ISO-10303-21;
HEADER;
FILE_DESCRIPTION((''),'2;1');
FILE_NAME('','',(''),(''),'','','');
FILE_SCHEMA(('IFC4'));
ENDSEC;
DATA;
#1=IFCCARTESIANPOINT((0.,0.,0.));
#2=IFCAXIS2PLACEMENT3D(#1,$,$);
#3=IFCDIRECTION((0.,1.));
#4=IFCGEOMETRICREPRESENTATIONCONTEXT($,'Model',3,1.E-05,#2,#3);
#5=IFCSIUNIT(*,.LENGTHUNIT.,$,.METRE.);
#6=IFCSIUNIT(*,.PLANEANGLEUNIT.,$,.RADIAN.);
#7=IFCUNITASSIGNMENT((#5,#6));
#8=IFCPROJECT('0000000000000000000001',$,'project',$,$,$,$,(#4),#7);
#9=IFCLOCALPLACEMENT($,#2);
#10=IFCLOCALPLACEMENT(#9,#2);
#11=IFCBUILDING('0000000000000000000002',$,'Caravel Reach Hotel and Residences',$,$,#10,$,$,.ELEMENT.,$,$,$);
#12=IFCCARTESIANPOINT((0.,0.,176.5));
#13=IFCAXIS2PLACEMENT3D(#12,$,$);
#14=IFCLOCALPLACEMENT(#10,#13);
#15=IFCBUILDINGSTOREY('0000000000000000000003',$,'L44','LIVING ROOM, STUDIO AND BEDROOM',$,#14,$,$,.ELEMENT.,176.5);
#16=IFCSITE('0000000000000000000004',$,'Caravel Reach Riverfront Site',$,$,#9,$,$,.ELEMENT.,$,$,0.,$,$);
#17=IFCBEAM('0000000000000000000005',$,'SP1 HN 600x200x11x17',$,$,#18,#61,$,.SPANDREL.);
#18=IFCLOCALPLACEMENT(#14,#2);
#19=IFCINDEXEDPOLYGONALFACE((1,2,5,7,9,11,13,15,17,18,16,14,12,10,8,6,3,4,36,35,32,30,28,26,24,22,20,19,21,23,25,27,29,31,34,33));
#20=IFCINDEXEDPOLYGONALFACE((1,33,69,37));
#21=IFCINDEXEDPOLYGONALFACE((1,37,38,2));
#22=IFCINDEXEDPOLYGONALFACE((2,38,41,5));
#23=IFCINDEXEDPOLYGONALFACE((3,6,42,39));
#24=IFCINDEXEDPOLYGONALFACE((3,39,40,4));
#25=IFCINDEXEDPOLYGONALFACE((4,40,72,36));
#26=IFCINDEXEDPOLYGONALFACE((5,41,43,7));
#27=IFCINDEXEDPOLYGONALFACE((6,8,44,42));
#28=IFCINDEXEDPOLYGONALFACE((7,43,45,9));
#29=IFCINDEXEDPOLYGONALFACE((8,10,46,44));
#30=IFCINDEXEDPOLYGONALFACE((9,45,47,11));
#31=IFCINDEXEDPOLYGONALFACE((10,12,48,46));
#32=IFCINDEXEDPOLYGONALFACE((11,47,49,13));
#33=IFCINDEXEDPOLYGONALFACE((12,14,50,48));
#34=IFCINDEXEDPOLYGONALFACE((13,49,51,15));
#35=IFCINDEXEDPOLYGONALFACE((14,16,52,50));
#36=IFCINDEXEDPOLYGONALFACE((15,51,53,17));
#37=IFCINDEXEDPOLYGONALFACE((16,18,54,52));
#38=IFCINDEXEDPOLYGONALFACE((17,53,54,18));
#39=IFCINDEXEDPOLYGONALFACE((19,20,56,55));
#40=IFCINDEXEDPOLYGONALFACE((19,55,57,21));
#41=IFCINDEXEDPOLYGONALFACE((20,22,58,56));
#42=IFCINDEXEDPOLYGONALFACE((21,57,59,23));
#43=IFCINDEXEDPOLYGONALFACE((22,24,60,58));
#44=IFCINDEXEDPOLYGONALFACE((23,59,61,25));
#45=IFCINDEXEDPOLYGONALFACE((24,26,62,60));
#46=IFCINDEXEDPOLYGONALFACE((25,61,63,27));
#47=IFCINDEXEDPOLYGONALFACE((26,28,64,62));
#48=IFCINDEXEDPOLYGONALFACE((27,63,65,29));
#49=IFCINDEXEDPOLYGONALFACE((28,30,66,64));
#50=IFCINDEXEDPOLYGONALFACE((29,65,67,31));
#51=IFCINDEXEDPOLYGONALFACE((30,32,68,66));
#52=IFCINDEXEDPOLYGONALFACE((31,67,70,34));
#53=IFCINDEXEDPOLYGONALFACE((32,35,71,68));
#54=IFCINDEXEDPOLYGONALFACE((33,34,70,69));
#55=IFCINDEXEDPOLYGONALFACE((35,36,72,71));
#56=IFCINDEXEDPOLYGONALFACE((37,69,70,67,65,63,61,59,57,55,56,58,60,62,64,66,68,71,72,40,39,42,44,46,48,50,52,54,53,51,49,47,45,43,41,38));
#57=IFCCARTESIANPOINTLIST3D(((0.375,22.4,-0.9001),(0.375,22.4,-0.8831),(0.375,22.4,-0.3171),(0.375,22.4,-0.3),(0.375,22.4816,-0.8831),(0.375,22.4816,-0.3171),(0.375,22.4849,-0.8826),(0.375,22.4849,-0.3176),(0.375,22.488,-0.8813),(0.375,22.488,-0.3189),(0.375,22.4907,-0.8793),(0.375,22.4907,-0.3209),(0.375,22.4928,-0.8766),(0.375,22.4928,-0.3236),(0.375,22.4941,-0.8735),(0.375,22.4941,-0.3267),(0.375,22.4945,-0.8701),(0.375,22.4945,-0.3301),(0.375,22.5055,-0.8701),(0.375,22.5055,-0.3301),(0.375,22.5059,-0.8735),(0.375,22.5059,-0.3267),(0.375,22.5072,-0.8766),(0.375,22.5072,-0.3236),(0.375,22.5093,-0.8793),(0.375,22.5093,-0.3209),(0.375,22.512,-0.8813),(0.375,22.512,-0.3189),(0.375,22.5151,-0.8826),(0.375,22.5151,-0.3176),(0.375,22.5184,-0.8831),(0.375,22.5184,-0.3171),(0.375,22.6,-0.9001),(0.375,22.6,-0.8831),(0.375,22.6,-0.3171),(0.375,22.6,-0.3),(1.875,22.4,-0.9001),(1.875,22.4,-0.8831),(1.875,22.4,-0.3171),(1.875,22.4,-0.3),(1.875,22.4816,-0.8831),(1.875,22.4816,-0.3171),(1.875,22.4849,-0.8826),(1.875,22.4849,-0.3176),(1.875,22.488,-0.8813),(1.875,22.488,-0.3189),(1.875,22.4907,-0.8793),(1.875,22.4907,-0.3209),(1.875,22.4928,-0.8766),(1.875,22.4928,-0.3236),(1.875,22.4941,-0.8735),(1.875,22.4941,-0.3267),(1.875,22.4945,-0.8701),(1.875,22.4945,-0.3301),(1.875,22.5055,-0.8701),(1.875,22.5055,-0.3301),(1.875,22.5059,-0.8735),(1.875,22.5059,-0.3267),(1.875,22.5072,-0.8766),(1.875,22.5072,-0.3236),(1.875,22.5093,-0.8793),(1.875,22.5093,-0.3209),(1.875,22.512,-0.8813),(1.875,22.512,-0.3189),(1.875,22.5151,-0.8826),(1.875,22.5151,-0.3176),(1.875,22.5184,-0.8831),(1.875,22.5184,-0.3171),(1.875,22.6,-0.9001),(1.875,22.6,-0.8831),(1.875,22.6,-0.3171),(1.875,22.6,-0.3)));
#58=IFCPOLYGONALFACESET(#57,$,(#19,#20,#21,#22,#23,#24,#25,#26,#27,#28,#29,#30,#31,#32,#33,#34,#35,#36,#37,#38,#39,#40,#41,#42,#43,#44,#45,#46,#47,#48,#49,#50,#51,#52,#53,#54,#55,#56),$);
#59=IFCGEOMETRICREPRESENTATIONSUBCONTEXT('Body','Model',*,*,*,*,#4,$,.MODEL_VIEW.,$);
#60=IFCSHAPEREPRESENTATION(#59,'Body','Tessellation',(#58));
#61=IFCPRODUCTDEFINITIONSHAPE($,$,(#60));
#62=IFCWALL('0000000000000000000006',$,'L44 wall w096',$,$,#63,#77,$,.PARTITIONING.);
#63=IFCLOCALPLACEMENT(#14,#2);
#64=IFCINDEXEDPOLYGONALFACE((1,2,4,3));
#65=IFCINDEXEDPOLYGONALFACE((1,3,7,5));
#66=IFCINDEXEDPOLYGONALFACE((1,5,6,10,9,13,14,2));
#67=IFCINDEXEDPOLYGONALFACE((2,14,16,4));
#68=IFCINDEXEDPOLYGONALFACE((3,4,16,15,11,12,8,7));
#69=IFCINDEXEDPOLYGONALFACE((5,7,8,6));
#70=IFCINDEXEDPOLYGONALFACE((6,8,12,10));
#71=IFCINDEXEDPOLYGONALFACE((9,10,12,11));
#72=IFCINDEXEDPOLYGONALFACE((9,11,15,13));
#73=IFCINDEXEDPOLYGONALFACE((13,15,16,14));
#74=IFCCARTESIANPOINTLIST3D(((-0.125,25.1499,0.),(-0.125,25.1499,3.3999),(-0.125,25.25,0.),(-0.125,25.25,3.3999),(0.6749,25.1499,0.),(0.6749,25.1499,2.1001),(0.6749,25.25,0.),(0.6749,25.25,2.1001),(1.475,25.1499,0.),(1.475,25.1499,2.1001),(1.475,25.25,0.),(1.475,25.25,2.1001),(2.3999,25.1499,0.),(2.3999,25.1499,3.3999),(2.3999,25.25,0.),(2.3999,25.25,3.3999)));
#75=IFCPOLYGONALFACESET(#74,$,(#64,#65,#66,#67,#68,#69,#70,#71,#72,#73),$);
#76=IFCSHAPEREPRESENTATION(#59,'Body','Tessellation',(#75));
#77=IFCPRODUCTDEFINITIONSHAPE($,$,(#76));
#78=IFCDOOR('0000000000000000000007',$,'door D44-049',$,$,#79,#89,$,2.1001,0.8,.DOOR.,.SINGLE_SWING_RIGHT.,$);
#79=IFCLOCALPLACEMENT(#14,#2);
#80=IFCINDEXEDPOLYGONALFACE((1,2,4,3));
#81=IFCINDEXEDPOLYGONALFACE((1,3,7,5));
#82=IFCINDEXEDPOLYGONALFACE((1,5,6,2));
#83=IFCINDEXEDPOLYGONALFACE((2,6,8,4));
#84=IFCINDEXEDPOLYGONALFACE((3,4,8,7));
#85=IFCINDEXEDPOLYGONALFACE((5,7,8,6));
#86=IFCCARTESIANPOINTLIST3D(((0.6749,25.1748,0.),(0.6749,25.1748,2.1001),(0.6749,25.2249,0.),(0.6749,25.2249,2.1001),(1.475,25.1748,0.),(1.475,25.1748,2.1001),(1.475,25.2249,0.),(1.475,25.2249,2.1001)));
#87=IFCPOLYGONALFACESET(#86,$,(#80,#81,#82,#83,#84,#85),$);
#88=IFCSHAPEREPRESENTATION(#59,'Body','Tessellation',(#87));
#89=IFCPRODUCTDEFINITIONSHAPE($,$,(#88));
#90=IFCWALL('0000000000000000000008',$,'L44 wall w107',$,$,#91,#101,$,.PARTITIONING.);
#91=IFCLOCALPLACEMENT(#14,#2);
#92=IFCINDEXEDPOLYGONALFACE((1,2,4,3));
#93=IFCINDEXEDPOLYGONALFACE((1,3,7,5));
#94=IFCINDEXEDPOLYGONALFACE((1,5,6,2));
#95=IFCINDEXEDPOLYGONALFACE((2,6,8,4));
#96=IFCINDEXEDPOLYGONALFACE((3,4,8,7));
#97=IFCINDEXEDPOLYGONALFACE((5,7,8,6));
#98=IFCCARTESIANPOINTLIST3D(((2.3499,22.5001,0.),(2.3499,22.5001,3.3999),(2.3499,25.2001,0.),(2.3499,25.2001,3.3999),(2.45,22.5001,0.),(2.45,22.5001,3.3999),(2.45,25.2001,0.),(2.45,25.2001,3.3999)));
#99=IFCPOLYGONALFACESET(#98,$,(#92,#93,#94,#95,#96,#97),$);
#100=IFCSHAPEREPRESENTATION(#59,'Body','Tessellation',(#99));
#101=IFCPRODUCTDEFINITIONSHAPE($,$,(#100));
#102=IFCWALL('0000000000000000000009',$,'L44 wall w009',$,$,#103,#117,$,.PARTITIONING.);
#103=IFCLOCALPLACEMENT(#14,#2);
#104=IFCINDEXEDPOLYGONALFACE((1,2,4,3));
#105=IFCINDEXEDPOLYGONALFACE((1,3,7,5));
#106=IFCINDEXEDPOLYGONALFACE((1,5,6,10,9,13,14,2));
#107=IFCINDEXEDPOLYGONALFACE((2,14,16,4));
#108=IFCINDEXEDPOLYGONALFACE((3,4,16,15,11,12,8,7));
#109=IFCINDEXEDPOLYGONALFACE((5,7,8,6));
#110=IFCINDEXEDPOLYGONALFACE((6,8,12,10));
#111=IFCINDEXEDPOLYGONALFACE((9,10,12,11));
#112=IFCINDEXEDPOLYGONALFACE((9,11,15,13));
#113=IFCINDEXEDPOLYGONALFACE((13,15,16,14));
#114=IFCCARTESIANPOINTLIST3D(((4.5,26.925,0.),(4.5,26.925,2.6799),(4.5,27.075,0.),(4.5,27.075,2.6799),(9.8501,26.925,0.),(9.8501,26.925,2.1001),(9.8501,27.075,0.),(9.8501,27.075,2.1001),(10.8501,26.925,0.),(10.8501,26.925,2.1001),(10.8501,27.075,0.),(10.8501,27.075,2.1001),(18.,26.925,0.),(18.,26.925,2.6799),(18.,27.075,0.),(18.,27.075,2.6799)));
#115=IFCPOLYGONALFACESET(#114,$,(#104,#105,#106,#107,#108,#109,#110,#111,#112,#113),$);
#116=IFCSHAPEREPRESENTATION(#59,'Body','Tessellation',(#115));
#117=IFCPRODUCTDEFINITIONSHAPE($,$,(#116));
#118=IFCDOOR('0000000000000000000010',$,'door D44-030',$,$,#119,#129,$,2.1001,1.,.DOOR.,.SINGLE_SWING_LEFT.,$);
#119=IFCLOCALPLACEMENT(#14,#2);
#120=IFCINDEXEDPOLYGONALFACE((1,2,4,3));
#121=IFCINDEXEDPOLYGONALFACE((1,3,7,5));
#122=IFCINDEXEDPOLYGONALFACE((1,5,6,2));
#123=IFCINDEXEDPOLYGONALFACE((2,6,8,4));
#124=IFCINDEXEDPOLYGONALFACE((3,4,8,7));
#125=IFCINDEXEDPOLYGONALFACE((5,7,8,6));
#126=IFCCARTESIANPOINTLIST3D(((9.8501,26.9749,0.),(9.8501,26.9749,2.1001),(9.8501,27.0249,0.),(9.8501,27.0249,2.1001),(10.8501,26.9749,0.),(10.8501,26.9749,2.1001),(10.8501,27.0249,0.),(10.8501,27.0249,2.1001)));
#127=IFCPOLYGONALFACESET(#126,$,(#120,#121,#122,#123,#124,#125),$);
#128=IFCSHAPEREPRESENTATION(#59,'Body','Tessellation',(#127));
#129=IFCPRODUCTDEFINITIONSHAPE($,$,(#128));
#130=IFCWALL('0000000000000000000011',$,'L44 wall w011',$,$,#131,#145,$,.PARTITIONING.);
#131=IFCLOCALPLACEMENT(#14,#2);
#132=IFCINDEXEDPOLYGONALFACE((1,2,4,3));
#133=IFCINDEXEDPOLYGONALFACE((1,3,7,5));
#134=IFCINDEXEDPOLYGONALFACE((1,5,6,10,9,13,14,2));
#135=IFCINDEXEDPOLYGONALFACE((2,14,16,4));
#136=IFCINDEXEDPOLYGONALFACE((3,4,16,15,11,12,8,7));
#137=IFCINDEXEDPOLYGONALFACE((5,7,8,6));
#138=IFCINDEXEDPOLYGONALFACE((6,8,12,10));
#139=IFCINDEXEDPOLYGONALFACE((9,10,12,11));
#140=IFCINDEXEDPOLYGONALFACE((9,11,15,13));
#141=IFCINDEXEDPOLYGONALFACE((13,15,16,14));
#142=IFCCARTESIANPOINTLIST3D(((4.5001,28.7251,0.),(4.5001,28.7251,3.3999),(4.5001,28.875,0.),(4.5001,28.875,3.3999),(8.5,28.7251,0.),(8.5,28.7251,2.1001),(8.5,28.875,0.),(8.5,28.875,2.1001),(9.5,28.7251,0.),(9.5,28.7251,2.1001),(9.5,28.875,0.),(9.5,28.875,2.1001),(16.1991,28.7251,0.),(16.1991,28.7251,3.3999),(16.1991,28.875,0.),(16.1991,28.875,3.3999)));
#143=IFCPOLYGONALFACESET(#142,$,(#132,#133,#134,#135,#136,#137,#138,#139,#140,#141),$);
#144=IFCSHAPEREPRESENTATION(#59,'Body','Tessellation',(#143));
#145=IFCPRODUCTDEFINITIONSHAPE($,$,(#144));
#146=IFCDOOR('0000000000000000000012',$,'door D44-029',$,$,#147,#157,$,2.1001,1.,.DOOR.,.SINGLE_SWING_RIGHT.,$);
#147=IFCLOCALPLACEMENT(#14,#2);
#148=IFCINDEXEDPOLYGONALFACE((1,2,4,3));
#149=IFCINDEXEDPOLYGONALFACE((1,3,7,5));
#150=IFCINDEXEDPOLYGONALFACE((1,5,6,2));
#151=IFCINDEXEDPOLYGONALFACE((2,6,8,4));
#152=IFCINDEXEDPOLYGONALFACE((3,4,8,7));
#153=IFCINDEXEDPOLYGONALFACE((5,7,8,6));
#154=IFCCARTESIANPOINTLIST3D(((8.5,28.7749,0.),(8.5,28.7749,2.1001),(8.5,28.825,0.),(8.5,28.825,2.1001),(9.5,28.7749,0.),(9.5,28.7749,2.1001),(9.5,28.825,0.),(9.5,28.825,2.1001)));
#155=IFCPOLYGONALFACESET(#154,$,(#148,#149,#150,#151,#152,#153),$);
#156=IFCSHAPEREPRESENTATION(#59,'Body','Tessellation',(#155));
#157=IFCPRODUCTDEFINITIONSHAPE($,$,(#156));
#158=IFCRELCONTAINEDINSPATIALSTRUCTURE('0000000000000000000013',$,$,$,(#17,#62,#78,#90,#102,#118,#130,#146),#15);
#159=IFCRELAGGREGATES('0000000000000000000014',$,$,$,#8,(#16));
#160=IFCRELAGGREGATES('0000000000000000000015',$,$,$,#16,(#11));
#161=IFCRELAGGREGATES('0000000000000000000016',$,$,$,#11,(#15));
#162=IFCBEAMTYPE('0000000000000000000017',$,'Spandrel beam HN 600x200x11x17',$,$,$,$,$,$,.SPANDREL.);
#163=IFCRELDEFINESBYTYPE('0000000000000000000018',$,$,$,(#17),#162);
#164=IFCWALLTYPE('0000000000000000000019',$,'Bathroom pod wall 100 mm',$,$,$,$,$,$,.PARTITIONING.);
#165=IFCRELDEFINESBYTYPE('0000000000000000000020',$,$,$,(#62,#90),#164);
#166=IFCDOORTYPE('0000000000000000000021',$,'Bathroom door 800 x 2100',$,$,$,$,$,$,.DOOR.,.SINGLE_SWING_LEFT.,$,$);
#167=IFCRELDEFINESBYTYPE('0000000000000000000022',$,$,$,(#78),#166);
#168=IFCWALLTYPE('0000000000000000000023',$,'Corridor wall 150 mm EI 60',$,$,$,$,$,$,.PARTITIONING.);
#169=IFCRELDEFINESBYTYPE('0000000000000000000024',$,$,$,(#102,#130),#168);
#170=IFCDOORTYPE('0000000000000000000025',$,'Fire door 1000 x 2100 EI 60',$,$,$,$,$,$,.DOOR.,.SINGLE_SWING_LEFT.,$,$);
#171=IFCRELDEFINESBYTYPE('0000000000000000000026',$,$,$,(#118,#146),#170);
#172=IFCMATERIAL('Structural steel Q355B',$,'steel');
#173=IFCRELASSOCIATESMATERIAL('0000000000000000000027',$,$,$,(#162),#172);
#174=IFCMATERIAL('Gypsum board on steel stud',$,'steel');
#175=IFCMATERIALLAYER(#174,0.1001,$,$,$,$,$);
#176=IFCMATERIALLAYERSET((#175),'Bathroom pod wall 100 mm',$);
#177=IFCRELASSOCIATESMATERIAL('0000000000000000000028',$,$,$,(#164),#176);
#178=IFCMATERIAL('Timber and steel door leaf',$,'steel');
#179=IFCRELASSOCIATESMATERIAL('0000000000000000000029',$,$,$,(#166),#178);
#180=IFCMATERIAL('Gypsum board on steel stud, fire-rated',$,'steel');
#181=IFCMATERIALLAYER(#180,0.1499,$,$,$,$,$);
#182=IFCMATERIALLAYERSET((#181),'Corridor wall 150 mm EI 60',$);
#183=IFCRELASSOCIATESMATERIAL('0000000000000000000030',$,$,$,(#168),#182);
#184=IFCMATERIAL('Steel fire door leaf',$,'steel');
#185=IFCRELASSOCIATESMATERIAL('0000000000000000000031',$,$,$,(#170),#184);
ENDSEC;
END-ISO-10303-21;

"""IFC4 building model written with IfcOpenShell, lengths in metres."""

from ifc_helpers import new_model, si_unit, direction, frame, frame_2d, origin, origin_2d, place, context, subcontext, project, spatial, rectangle, i_section, extrude, material, layer, layer_set, material_profile, profile_set, type_object, element, fill, save


model = new_model("IFC4")

# Units and contexts
model_context = context("Model", 3, precision=1e-05, world=origin(), true_north=direction((0.0, 1.0)))
body_context = subcontext(model_context, "Body", "Model", "MODEL_VIEW")
ifc_project = project(units=[si_unit("LENGTHUNIT", "METRE"), si_unit("PLANEANGLEUNIT", "RADIAN")], contexts=[model_context])

# Site, building, storey
site_placement = place(None, origin())
site = spatial("IfcSite", under=ifc_project, at=site_placement, Name="Caravel Reach Riverfront Site", CompositionType="ELEMENT", RefElevation=0.0)
building_placement = place(site_placement, origin())
building = spatial("IfcBuilding", under=site, at=building_placement, Name="Caravel Reach Hotel and Residences", CompositionType="ELEMENT")
storey_placement = place(building_placement, frame((0.0, 0.0, 176.5)))
storey = spatial("IfcBuildingStorey", under=building, at=storey_placement, Name="L44", Description="LIVING ROOM, STUDIO AND BEDROOM", CompositionType="ELEMENT", Elevation=176.5)

# Beam
ifc_material_1 = material(Name="Structural steel Q355B", Category="steel")
ifc_material_profile_1 = material_profile(ifc_material_1, i_section(OverallWidth=0.2, OverallDepth=0.6001, WebThickness=0.011, FlangeThickness=0.0171, FilletRadius=0.0129, at=origin_2d()), Name="HN 600x200x11x17")
ifc_profile_set_1 = profile_set([ifc_material_profile_1], Name="Structural steel Q355B")
beam_type_1 = type_object("IfcBeamType", Name="Spandrel beam HN 600x200x11x17", PredefinedType="SPANDREL", material=ifc_profile_set_1)
beam_1_placement = place(storey_placement, frame((0.375, 22.5, -0.6001), z_axis=(1.0, 0.0, 0.0), x_axis=(0.0, 1.0, 0.0)))
element("IfcBeam", 1, at=beam_1_placement, inside=storey, type_object=beam_type_1, Name="SP1 HN 600x200x11x17", PredefinedType="SPANDREL", context=body_context, shape_type="SweptSolid", body=[
    extrude(i_section(OverallWidth=0.2, OverallDepth=0.6001, WebThickness=0.011, FlangeThickness=0.0171, FilletRadius=0.0129, at=origin_2d()), origin(), (0.0, 0.0, 1.0), 1.5),
])

# Wall, opening, door
ifc_material_2 = material(Name="Gypsum board on steel stud", Category="steel")
ifc_layer_1 = layer(ifc_material_2, 0.1001)
ifc_layer_set_1 = layer_set([ifc_layer_1], Name="Bathroom pod wall 100 mm")
wall_type_1 = type_object("IfcWallType", Name="Bathroom pod wall 100 mm", PredefinedType="PARTITIONING", material=ifc_layer_set_1)
wall_1_placement = place(storey_placement, frame((-0.125, 25.2, 0.0), z_axis=(0.0, 0.0, 1.0), x_axis=(1.0, 0.0, 0.0)))
wall_1 = element("IfcWall", 2, at=wall_1_placement, inside=storey, type_object=wall_type_1, Name="L44 wall w096", PredefinedType="PARTITIONING", context=body_context, shape_type="SweptSolid", body=[
    extrude(rectangle(XDim=2.5249, YDim=0.1001, at=frame_2d((1.2625, 0.0))), origin(), (0.0, 0.0, 1.0), 3.3999),
])
opening_1_placement = place(wall_1_placement, frame((0.8, 0.0, 0.0)))
opening_1 = element("IfcOpeningElement", 3, at=opening_1_placement, cuts=wall_1, PredefinedType="OPENING", context=body_context, shape_type="SweptSolid", body=[
    extrude(rectangle(XDim=0.8, YDim=2.1001, at=frame_2d((0.3999, 1.05))), frame((0.0, 0.0601, 0.0), z_axis=(0.0, -1.0, 0.0), x_axis=(1.0, 0.0, 0.0)), (0.0, 0.0, 1.0), 0.1201),
])
ifc_material_3 = material(Name="Timber and steel door leaf", Category="steel")
door_type_1 = type_object("IfcDoorType", Name="Bathroom door 800 x 2100", OperationType="SINGLE_SWING_LEFT", PredefinedType="DOOR", material=ifc_material_3)
door_1_placement = place(opening_1_placement, origin())
door_1 = element("IfcDoor", 4, at=door_1_placement, inside=storey, type_object=door_type_1, Name="door D44-049", OperationType="SINGLE_SWING_RIGHT", OverallHeight=2.1001, OverallWidth=0.8, PredefinedType="DOOR", context=body_context, shape_type="SweptSolid", body=[
    extrude(rectangle(XDim=0.8, YDim=2.1001, at=frame_2d((0.3999, 1.05))), frame((0.0, 0.0249, 0.0), z_axis=(0.0, -1.0, 0.0), x_axis=(1.0, 0.0, 0.0)), (0.0, 0.0, 1.0), 0.05),
])
fill(opening_1, door_1)

# Wall
wall_2_placement = place(storey_placement, frame((2.3999, 22.5, 0.0), z_axis=(0.0, 0.0, 1.0), x_axis=(0.0, 1.0, 0.0)))
element("IfcWall", 5, at=wall_2_placement, inside=storey, type_object=wall_type_1, Name="L44 wall w107", PredefinedType="PARTITIONING", context=body_context, shape_type="SweptSolid", body=[
    extrude(rectangle(XDim=2.7, YDim=0.1001, at=frame_2d((1.3501, 0.0))), origin(), (0.0, 0.0, 1.0), 3.3999),
])

# Walls, openings, doors
ifc_material_4 = material(Name="Gypsum board on steel stud, fire-rated", Category="steel")
ifc_layer_2 = layer(ifc_material_4, 0.1499)
ifc_layer_set_2 = layer_set([ifc_layer_2], Name="Corridor wall 150 mm EI 60")
wall_type_2 = type_object("IfcWallType", Name="Corridor wall 150 mm EI 60", PredefinedType="PARTITIONING", material=ifc_layer_set_2)
wall_3_placement = place(storey_placement, frame((4.5, 27.0, 0.0), z_axis=(0.0, 0.0, 1.0), x_axis=(1.0, 0.0, 0.0)))
wall_3 = element("IfcWall", 6, at=wall_3_placement, inside=storey, type_object=wall_type_2, Name="L44 wall w009", PredefinedType="PARTITIONING", context=body_context, shape_type="SweptSolid", body=[
    extrude(rectangle(XDim=13.5, YDim=0.1499, at=frame_2d((6.75, 0.0))), origin(), (0.0, 0.0, 1.0), 2.6799),
])
opening_2_placement = place(wall_3_placement, frame((5.3501, 0.0, 0.0)))
opening_2 = element("IfcOpeningElement", 7, at=opening_2_placement, cuts=wall_3, PredefinedType="OPENING", context=body_context, shape_type="SweptSolid", body=[
    extrude(rectangle(XDim=1.0, YDim=2.1001, at=frame_2d((0.5, 1.05))), frame((0.0, 0.085, 0.0), z_axis=(0.0, -1.0, 0.0), x_axis=(1.0, 0.0, 0.0)), (0.0, 0.0, 1.0), 0.1699),
])
ifc_material_5 = material(Name="Steel fire door leaf", Category="steel")
door_type_2 = type_object("IfcDoorType", Name="Fire door 1000 x 2100 EI 60", OperationType="SINGLE_SWING_LEFT", PredefinedType="DOOR", material=ifc_material_5)
door_2_placement = place(opening_2_placement, origin())
door_2 = element("IfcDoor", 8, at=door_2_placement, inside=storey, type_object=door_type_2, Name="door D44-030", OperationType="SINGLE_SWING_LEFT", OverallHeight=2.1001, OverallWidth=1.0, PredefinedType="DOOR", context=body_context, shape_type="SweptSolid", body=[
    extrude(rectangle(XDim=1.0, YDim=2.1001, at=frame_2d((0.5, 1.05))), frame((0.0, 0.0249, 0.0), z_axis=(0.0, -1.0, 0.0), x_axis=(1.0, 0.0, 0.0)), (0.0, 0.0, 1.0), 0.05),
])
fill(opening_2, door_2)
wall_4_placement = place(storey_placement, frame((4.5, 28.8, 0.0), z_axis=(0.0, 0.0, 1.0), x_axis=(1.0, 0.0, 0.0)))
wall_4 = element("IfcWall", 9, at=wall_4_placement, inside=storey, type_object=wall_type_2, Name="L44 wall w011", PredefinedType="PARTITIONING", context=body_context, shape_type="SweptSolid", body=[
    extrude(rectangle(XDim=11.699, YDim=0.1499, at=frame_2d((5.8496, 0.0))), origin(), (0.0, 0.0, 1.0), 3.3999),
])
opening_3_placement = place(wall_4_placement, frame((4.0, 0.0, 0.0)))
opening_3 = element("IfcOpeningElement", 10, at=opening_3_placement, cuts=wall_4, PredefinedType="OPENING", context=body_context, shape_type="SweptSolid", body=[
    extrude(rectangle(XDim=1.0, YDim=2.1001, at=frame_2d((0.5, 1.05))), frame((0.0, 0.085, 0.0), z_axis=(0.0, -1.0, 0.0), x_axis=(1.0, 0.0, 0.0)), (0.0, 0.0, 1.0), 0.1699),
])
door_3_placement = place(opening_3_placement, origin())
door_3 = element("IfcDoor", 11, at=door_3_placement, inside=storey, type_object=door_type_2, Name="door D44-029", OperationType="SINGLE_SWING_RIGHT", OverallHeight=2.1001, OverallWidth=1.0, PredefinedType="DOOR", context=body_context, shape_type="SweptSolid", body=[
    extrude(rectangle(XDim=1.0, YDim=2.1001, at=frame_2d((0.5, 1.05))), frame((0.0, 0.0249, 0.0), z_axis=(0.0, -1.0, 0.0), x_axis=(1.0, 0.0, 0.0)), (0.0, 0.0, 1.0), 0.05),
])
fill(opening_3, door_3)

save(model, "model.ifc")
